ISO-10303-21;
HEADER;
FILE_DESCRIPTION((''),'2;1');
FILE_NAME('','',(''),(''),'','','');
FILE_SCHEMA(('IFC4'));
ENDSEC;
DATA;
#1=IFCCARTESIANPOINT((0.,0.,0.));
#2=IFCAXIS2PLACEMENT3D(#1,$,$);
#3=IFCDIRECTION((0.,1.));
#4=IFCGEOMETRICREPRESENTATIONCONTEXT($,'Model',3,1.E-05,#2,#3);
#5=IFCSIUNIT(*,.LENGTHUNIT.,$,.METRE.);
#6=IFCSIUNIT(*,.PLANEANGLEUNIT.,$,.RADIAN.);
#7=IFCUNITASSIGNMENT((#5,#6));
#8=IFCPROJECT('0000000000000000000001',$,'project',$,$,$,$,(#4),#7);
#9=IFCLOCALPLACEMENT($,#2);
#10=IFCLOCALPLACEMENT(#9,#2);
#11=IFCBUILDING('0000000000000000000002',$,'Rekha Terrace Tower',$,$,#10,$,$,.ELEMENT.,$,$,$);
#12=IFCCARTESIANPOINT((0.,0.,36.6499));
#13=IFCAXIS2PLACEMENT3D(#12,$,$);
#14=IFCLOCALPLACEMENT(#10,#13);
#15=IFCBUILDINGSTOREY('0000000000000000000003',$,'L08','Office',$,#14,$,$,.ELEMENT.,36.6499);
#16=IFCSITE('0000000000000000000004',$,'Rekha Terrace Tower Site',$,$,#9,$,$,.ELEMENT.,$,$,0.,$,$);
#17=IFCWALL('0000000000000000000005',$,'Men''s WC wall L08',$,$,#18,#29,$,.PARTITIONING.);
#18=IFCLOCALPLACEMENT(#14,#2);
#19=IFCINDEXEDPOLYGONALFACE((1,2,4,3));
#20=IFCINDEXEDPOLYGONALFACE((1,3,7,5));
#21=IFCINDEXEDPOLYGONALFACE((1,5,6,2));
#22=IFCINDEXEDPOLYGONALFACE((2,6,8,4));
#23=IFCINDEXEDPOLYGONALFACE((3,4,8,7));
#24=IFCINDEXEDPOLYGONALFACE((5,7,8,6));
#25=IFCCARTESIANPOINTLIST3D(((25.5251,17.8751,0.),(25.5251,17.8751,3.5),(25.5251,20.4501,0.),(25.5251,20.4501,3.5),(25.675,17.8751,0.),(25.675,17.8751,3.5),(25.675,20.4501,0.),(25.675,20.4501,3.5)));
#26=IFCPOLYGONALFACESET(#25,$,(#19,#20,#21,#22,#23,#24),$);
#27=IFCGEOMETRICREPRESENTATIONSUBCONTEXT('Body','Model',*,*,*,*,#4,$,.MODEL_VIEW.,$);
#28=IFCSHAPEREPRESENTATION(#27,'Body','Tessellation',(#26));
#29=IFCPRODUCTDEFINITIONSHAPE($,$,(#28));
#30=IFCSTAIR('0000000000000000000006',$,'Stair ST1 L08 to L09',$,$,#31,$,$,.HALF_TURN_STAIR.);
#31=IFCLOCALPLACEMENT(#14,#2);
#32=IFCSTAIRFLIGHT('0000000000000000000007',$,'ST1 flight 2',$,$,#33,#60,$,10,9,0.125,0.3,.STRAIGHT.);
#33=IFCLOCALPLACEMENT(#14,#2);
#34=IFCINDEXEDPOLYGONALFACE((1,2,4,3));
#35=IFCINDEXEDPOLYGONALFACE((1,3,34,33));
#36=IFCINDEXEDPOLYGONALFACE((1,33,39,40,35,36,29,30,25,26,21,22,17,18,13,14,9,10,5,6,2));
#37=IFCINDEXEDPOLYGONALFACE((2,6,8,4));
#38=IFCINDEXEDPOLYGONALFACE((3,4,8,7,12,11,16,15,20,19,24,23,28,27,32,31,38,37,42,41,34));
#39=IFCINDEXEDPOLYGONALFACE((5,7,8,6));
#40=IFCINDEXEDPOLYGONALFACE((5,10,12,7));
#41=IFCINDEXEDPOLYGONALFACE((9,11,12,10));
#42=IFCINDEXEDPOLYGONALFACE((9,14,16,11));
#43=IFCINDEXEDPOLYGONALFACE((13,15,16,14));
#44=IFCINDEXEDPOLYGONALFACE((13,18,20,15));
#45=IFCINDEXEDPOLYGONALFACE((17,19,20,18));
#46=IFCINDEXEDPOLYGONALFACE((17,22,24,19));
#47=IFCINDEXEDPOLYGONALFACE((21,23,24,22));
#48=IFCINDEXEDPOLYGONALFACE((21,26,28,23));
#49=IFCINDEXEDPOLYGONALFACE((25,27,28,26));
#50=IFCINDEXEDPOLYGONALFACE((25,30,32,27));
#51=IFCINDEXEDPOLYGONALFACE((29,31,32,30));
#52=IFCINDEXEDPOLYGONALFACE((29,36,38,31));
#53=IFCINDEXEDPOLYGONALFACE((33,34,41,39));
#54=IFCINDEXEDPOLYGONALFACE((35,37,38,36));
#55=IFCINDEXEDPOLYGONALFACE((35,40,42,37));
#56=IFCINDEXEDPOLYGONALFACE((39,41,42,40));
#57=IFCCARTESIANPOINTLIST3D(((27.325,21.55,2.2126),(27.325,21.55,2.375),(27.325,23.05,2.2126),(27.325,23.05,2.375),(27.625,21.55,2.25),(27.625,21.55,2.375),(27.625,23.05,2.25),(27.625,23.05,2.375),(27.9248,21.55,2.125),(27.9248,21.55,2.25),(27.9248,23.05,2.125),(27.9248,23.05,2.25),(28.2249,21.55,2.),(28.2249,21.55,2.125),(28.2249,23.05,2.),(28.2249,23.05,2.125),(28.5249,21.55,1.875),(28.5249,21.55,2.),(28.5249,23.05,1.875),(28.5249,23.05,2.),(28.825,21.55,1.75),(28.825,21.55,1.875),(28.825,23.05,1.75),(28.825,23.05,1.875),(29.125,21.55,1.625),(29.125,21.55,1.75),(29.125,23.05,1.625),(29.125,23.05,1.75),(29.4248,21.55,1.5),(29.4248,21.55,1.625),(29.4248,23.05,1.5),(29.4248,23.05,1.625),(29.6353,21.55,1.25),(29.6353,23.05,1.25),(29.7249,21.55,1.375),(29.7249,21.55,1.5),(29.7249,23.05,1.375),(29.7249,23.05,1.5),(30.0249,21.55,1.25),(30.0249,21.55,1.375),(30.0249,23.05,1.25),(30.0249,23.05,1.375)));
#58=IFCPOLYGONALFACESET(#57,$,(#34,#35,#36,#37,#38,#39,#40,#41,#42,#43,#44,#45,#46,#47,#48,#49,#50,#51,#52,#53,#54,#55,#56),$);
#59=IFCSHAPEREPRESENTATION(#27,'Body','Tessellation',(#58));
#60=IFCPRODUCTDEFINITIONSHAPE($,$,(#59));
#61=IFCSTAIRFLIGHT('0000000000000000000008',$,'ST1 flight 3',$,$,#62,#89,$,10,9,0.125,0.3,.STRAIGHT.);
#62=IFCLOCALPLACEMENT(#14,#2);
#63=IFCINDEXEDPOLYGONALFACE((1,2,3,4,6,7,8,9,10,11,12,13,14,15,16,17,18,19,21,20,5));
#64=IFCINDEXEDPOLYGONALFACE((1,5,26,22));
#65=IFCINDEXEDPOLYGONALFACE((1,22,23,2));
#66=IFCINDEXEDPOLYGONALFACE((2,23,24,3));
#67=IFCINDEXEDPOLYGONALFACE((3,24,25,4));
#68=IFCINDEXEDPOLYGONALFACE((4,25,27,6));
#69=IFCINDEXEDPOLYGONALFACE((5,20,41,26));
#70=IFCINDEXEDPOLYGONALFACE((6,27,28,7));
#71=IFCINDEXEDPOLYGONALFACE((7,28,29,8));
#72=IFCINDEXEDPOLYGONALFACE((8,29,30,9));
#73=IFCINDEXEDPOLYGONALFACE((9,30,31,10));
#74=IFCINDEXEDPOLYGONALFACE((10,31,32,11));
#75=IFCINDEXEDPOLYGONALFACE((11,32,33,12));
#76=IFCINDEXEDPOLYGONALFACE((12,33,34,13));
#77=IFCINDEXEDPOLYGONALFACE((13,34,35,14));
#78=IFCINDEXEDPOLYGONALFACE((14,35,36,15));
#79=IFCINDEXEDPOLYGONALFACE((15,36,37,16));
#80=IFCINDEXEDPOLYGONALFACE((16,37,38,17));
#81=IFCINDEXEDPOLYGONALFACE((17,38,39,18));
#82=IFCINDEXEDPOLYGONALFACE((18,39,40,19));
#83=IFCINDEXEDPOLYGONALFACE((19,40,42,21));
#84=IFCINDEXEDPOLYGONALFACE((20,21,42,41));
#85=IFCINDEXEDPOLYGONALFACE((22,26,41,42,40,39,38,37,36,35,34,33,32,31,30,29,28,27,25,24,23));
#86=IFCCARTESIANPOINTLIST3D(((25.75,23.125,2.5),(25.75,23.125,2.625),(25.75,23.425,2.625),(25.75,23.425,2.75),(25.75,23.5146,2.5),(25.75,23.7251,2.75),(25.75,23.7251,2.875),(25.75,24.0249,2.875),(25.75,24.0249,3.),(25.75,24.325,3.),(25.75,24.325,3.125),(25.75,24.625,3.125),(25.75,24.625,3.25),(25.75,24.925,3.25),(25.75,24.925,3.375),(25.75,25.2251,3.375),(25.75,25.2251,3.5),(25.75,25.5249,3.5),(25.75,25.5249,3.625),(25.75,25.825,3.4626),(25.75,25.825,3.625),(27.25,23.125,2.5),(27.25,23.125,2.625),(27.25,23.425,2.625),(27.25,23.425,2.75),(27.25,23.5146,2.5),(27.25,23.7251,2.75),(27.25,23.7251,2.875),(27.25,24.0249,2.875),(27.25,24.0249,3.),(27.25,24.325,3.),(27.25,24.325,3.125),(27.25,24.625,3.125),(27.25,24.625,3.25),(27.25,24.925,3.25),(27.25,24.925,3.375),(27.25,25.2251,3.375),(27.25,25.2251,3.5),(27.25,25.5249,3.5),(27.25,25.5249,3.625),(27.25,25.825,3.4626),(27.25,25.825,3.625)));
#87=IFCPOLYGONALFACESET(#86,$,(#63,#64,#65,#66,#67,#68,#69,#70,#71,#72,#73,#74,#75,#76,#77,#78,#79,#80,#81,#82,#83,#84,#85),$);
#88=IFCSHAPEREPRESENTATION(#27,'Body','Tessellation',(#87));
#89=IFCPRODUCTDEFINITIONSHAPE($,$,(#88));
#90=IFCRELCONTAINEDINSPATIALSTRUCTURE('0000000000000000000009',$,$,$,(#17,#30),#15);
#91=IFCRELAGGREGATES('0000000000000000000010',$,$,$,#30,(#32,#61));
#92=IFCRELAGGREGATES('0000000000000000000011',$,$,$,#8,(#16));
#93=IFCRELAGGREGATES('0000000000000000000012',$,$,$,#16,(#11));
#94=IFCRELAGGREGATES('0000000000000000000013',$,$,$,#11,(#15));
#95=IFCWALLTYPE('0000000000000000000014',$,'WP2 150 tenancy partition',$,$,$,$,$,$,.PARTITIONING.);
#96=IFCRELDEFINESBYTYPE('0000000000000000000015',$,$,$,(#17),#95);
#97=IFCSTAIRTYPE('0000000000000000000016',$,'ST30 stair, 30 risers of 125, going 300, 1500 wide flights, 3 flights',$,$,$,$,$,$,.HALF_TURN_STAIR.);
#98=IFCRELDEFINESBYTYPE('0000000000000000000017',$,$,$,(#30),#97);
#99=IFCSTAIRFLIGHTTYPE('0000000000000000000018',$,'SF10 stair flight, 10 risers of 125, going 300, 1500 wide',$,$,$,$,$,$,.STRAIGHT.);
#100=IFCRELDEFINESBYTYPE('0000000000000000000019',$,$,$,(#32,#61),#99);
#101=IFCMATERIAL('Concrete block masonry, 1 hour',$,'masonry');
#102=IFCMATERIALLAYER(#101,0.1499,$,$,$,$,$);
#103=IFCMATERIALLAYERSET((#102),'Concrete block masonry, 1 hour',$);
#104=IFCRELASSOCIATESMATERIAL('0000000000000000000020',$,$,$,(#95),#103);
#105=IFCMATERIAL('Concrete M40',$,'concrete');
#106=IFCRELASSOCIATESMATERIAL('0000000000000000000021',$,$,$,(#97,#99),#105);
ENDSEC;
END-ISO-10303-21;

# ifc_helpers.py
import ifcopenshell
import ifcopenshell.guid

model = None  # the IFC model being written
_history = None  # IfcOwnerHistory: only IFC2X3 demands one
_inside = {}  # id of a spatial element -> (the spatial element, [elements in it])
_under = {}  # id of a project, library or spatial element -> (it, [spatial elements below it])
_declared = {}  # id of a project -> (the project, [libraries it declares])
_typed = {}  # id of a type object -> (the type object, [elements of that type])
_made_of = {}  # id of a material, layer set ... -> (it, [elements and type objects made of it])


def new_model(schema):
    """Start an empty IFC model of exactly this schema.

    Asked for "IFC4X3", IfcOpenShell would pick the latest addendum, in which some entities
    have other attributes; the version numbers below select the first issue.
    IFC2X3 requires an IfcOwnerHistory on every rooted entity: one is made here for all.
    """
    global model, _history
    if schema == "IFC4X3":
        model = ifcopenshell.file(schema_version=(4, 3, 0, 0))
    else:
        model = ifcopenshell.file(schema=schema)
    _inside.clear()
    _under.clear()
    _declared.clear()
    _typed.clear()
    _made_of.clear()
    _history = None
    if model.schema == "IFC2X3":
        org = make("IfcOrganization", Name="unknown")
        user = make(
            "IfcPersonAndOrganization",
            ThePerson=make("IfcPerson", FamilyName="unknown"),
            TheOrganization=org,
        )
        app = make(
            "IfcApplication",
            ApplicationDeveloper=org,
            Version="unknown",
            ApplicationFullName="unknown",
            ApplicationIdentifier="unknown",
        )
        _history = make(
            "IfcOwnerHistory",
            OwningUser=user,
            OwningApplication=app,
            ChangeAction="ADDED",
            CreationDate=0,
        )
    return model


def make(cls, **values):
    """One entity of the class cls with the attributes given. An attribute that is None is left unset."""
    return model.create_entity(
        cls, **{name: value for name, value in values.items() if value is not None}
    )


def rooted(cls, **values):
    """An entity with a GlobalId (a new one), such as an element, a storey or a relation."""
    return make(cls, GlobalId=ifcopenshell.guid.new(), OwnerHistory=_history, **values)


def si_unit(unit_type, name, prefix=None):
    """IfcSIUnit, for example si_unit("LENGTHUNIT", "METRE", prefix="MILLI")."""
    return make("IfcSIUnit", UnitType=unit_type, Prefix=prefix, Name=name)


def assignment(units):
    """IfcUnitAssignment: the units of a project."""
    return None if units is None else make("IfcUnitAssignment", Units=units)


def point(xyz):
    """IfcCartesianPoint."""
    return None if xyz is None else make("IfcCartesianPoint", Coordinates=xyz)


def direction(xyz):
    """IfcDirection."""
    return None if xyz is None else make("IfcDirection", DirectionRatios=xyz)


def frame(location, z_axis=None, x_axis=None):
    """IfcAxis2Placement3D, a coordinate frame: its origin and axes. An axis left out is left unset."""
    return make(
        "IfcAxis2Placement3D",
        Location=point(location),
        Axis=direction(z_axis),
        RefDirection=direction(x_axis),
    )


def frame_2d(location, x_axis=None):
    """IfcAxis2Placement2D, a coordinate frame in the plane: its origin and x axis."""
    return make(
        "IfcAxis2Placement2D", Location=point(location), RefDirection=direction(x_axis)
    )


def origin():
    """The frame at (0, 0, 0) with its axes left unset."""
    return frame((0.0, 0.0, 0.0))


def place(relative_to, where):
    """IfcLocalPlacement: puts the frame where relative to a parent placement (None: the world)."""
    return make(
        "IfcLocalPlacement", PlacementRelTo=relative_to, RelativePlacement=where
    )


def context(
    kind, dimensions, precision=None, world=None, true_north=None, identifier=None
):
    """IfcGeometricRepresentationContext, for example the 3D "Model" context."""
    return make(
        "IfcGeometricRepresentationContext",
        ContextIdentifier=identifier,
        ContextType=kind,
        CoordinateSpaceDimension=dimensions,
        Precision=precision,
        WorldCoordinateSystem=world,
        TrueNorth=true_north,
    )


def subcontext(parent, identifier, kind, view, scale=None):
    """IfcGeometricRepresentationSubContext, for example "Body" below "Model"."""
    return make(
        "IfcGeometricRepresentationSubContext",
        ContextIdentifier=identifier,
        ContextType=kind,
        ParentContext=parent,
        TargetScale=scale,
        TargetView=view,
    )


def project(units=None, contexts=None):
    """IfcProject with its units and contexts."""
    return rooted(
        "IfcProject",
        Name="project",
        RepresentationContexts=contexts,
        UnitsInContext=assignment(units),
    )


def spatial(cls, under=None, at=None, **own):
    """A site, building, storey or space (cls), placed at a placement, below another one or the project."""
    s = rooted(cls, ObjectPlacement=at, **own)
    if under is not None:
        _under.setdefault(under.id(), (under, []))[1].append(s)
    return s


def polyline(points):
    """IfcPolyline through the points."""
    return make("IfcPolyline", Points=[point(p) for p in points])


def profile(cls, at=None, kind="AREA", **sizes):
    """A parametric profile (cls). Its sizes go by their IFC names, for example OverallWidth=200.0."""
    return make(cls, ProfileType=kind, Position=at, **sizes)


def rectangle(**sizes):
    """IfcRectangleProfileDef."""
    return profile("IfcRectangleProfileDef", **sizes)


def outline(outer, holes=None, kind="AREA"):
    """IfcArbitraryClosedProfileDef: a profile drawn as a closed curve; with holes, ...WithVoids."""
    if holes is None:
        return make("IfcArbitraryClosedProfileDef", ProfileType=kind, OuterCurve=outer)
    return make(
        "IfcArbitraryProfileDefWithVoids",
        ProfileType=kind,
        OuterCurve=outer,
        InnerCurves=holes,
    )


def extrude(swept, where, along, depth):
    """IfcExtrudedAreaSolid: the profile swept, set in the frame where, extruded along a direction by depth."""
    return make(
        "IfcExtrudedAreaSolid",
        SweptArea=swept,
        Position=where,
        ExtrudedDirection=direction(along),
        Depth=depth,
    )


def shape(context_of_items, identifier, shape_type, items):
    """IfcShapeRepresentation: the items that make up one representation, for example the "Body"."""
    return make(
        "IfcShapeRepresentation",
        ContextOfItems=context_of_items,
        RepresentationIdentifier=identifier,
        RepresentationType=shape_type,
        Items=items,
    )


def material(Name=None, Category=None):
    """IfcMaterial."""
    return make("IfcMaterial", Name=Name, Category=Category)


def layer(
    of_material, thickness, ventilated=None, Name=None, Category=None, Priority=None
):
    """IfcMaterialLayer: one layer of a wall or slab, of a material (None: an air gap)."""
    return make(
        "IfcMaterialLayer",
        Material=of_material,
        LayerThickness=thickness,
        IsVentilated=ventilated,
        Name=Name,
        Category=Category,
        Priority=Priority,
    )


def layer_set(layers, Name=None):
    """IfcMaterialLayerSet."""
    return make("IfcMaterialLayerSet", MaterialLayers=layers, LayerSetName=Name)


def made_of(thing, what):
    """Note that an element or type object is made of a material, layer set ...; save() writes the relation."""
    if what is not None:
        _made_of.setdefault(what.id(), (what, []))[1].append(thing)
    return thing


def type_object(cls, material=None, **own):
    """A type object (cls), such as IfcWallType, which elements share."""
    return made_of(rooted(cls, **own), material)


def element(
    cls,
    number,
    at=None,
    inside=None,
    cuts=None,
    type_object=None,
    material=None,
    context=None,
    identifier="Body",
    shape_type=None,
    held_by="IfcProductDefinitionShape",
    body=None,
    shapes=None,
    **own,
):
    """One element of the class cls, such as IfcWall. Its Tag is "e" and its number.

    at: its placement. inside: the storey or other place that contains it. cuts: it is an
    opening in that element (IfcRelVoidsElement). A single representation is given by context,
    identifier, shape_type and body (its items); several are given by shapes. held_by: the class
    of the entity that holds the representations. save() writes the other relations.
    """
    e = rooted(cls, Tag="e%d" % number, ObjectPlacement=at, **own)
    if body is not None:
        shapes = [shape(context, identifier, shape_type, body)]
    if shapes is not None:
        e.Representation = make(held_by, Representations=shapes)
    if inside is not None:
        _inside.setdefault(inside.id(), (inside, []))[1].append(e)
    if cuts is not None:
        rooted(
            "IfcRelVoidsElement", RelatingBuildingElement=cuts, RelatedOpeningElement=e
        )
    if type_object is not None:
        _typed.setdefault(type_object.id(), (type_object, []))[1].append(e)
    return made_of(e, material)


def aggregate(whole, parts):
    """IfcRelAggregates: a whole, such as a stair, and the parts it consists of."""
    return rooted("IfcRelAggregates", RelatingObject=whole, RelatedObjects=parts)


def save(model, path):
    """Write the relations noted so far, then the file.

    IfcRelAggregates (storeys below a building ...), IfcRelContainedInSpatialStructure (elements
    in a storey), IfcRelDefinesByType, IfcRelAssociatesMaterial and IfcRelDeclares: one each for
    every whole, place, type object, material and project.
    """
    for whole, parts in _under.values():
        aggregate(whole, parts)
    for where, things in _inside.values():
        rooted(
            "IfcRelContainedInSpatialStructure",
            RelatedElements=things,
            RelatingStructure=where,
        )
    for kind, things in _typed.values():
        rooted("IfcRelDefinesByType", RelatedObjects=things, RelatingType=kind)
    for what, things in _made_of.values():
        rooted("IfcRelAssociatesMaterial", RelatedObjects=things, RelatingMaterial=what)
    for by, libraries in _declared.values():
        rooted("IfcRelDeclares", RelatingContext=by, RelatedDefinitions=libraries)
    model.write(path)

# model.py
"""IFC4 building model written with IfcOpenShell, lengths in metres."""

from ifc_helpers import new_model, si_unit, direction, frame, frame_2d, origin, place, context, subcontext, project, spatial, polyline, rectangle, outline, extrude, material, layer, layer_set, type_object, element, aggregate, save


model = new_model("IFC4")

# Units and contexts
model_context = context("Model", 3, precision=1e-05, world=origin(), true_north=direction((0.0, 1.0)))
body_context = subcontext(model_context, "Body", "Model", "MODEL_VIEW")
ifc_project = project(units=[si_unit("LENGTHUNIT", "METRE"), si_unit("PLANEANGLEUNIT", "RADIAN")], contexts=[model_context])

# Site, building, storey
site_placement = place(None, origin())
site = spatial("IfcSite", under=ifc_project, at=site_placement, Name="Rekha Terrace Tower Site", CompositionType="ELEMENT", RefElevation=0.0)
building_placement = place(site_placement, origin())
building = spatial("IfcBuilding", under=site, at=building_placement, Name="Rekha Terrace Tower", CompositionType="ELEMENT")
storey_placement = place(building_placement, frame((0.0, 0.0, 36.6499)))
storey = spatial("IfcBuildingStorey", under=building, at=storey_placement, Name="L08", Description="Office", CompositionType="ELEMENT", Elevation=36.6499)

# Shared definitions
ifc_material_1 = material(Name="Concrete block masonry, 1 hour", Category="masonry")
ifc_layer_1 = layer(ifc_material_1, 0.1499)
ifc_layer_set_1 = layer_set([ifc_layer_1], Name="Concrete block masonry, 1 hour")
wall_type_1 = type_object("IfcWallType", Name="WP2 150 tenancy partition", PredefinedType="PARTITIONING", material=ifc_layer_set_1)

# Wall
wall_1_placement = place(storey_placement, frame((25.6001, 17.875, 0.0), z_axis=(0.0, 0.0, 1.0), x_axis=(0.0, 1.0, 0.0)))
element("IfcWall", 1, at=wall_1_placement, inside=storey, type_object=wall_type_1, Name="Men's WC wall L08", PredefinedType="PARTITIONING", context=body_context, shape_type="SweptSolid", body=[
    extrude(rectangle(XDim=2.575, YDim=0.1499, at=frame_2d((1.2876, 0.0))), origin(), (0.0, 0.0, 1.0), 3.5),
])

# Stair, stair flights
ifc_material_2 = material(Name="Concrete M40", Category="concrete")
stair_type = type_object("IfcStairType", Name="ST30 stair, 30 risers of 125, going 300, 1500 wide flights, 3 flights", PredefinedType="HALF_TURN_STAIR", material=ifc_material_2)
stair_placement = place(storey_placement, origin())
stair = element("IfcStair", 2, at=stair_placement, inside=storey, type_object=stair_type, Name="Stair ST1 L08 to L09", PredefinedType="HALF_TURN_STAIR")
stair_flight_type = type_object("IfcStairFlightType", Name="SF10 stair flight, 10 risers of 125, going 300, 1500 wide", PredefinedType="STRAIGHT", material=ifc_material_2)
stair_flight_1_placement = place(storey_placement, frame((30.0249, 22.3, 1.25), z_axis=(0.0, 0.0, 1.0), x_axis=(-1.0, 0.0, 0.0)))
stair_flight_1 = element("IfcStairFlight", 3, at=stair_flight_1_placement, type_object=stair_flight_type, Name="ST1 flight 2", NumberOfRisers=10, NumberOfTreads=9, PredefinedType="STRAIGHT", RiserHeight=0.125, TreadLength=0.3, context=body_context, shape_type="SweptSolid", body=[
    extrude(outline(polyline([(0.0, 0.0), (0.0, 0.125), (0.3, 0.125), (0.3, 0.25), (0.6001, 0.25), (0.6001, 0.375), (0.8999, 0.375), (0.8999, 0.5), (1.2, 0.5), (1.2, 0.625), (1.5, 0.625), (1.5, 0.75), (1.8, 0.75), (1.8, 0.875), (2.1001, 0.875), (2.1001, 1.0), (2.3999, 1.0), (2.3999, 1.125), (2.7, 1.125), (2.7, 1.25), (2.7, 0.9626), (0.3896, 0.0), (0.0, 0.0)])), frame((0.0, 0.75, 0.0), z_axis=(0.0, -1.0, 0.0), x_axis=(1.0, 0.0, 0.0)), (0.0, 0.0, 1.0), 1.5),
])
stair_flight_2_placement = place(storey_placement, frame((26.5, 23.125, 2.5), z_axis=(0.0, 0.0, 1.0), x_axis=(0.0, 1.0, 0.0)))
stair_flight_2 = element("IfcStairFlight", 4, at=stair_flight_2_placement, type_object=stair_flight_type, Name="ST1 flight 3", NumberOfRisers=10, NumberOfTreads=9, PredefinedType="STRAIGHT", RiserHeight=0.125, TreadLength=0.3, context=body_context, shape_type="SweptSolid", body=[
    extrude(outline(polyline([(0.0, 0.0), (0.0, 0.125), (0.3, 0.125), (0.3, 0.25), (0.6001, 0.25), (0.6001, 0.375), (0.8999, 0.375), (0.8999, 0.5), (1.2, 0.5), (1.2, 0.625), (1.5, 0.625), (1.5, 0.75), (1.8, 0.75), (1.8, 0.875), (2.1001, 0.875), (2.1001, 1.0), (2.3999, 1.0), (2.3999, 1.125), (2.7, 1.125), (2.7, 1.25), (2.7, 0.9626), (0.3896, 0.0), (0.0, 0.0)])), frame((0.0, 0.75, 0.0), z_axis=(0.0, -1.0, 0.0), x_axis=(1.0, 0.0, 0.0)), (0.0, 0.0, 1.0), 1.5),
])
aggregate(stair, [stair_flight_1, stair_flight_2])

save(model, "model.ifc")
